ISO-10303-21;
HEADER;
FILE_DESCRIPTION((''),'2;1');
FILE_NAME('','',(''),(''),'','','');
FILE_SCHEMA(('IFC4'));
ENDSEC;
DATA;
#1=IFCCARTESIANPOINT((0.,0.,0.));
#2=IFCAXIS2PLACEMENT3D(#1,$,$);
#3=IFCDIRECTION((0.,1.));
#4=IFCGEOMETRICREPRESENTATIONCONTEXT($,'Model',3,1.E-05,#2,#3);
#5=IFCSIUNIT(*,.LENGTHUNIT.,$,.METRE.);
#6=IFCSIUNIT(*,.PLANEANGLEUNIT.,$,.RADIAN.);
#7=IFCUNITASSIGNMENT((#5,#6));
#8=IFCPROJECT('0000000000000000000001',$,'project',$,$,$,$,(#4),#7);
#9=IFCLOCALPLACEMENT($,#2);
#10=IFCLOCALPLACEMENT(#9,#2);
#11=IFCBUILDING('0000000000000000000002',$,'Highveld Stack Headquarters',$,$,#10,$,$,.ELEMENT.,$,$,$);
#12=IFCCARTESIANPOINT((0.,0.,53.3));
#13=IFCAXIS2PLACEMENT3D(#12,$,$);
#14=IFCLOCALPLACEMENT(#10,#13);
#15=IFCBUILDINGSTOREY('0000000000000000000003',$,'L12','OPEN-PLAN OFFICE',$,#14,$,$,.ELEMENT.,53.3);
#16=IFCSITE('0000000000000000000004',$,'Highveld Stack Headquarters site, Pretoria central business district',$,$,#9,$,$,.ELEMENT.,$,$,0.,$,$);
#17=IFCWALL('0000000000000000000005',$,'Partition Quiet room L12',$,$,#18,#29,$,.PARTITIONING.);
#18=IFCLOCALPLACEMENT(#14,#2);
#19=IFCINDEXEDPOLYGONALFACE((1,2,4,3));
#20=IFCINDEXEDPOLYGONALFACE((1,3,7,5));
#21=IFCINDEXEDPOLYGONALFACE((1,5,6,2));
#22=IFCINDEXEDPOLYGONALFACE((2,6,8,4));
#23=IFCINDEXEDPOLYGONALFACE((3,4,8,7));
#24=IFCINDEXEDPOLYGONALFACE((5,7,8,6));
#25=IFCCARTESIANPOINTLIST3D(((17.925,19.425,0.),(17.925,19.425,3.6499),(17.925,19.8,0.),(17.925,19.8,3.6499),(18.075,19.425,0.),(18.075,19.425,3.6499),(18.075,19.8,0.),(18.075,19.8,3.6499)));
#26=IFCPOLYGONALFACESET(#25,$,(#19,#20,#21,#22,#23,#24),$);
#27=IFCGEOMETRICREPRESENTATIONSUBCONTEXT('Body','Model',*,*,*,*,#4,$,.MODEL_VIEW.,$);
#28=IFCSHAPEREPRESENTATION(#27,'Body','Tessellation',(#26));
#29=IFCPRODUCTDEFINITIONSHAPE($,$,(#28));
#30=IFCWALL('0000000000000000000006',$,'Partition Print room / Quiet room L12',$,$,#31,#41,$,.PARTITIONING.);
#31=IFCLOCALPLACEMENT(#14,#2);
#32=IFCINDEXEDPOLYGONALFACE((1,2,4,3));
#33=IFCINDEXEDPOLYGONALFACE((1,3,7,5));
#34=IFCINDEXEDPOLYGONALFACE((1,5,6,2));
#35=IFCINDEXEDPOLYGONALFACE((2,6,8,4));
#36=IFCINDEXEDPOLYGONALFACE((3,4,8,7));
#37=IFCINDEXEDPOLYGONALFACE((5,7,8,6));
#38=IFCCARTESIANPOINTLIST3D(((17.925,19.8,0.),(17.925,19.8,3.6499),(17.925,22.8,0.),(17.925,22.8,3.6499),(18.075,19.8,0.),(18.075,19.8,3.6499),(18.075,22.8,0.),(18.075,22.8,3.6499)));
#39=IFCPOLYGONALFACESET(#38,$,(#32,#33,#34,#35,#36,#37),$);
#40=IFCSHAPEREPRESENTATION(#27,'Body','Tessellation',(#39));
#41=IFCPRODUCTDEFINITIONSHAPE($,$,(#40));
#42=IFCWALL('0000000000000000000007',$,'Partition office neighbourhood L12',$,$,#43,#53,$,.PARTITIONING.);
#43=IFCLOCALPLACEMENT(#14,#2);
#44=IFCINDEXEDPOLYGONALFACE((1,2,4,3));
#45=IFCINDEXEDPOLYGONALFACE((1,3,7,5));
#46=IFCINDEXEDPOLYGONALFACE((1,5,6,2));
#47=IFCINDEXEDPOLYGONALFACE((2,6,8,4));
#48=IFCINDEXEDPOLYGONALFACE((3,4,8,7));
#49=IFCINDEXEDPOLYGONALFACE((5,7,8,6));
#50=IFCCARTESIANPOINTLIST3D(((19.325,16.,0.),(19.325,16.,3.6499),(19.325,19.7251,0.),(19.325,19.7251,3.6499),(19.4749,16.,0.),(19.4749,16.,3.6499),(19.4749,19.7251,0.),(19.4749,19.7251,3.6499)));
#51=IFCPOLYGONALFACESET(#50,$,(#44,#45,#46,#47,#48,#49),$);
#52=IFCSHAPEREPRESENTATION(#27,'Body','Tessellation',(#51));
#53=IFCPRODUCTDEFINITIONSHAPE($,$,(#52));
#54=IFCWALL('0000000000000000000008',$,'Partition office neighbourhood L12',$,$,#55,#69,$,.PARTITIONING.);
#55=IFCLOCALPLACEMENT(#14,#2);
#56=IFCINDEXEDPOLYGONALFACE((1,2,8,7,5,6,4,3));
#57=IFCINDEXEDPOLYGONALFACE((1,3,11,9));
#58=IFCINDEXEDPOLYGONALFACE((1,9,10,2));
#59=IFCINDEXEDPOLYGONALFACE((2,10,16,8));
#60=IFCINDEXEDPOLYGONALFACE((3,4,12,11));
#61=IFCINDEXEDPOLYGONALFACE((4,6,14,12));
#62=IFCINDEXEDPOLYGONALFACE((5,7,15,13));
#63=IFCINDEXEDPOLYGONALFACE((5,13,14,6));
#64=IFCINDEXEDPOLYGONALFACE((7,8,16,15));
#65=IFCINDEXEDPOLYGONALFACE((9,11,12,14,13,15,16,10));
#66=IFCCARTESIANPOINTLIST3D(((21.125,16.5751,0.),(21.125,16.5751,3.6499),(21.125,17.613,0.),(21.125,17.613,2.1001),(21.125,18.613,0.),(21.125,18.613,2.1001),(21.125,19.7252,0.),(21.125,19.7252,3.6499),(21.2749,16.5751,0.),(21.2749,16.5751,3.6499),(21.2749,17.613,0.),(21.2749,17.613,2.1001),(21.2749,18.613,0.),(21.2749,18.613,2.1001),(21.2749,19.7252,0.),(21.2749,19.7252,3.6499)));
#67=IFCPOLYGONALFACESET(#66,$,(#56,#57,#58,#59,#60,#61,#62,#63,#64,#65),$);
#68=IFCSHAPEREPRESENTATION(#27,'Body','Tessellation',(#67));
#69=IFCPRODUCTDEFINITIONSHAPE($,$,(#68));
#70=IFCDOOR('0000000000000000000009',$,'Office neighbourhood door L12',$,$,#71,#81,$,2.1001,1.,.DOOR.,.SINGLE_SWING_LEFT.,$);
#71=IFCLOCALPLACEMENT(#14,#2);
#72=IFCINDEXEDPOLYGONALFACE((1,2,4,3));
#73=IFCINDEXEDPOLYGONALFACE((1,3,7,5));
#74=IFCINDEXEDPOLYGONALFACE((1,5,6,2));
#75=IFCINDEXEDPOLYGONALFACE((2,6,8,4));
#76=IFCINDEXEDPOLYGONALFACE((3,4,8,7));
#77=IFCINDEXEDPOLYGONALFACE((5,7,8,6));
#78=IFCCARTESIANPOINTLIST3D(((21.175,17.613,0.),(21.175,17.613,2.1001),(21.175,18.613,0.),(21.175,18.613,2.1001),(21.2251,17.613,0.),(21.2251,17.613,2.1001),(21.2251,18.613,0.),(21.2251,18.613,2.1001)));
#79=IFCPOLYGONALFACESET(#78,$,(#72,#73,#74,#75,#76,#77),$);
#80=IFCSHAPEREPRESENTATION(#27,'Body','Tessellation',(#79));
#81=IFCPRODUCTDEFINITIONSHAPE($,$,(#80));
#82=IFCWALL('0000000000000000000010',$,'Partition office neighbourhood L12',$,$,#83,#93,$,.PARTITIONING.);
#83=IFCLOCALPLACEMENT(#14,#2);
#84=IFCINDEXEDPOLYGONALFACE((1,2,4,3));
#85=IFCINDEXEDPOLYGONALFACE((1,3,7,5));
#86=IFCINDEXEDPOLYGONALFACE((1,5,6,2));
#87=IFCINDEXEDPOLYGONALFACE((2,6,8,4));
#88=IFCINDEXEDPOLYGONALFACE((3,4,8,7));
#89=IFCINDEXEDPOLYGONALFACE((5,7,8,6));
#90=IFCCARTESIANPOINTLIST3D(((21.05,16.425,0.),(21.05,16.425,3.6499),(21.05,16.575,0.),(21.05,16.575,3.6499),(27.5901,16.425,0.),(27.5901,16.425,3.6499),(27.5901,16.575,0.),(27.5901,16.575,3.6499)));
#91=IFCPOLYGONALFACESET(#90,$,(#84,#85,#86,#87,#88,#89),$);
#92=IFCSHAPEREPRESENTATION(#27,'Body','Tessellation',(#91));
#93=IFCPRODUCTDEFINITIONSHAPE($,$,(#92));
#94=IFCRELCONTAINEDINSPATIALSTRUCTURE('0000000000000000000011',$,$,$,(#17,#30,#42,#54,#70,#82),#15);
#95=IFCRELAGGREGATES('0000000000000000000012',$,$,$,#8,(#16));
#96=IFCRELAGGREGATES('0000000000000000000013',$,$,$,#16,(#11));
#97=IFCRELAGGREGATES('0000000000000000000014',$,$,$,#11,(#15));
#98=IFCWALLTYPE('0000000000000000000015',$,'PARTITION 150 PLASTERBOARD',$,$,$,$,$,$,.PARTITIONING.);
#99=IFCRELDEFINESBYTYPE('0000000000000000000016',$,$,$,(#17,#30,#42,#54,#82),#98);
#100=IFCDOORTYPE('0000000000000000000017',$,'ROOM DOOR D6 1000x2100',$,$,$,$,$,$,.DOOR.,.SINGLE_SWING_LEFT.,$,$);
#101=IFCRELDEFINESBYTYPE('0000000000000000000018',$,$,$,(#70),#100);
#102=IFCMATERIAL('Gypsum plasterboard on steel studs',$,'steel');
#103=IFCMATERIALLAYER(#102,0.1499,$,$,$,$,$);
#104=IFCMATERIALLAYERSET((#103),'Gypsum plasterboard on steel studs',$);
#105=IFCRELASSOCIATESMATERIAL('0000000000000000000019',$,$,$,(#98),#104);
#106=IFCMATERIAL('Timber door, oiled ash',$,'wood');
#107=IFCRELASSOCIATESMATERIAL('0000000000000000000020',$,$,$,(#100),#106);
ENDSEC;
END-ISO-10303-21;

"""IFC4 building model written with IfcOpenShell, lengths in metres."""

from ifc_helpers import new_model, si_unit, direction, frame, frame_2d, origin, place, context, subcontext, project, spatial, rectangle, extrude, material, layer, layer_set, type_object, element, fill, save


model = new_model("IFC4")

# Units and contexts
model_context = context("Model", 3, precision=1e-05, world=origin(), true_north=direction((0.0, 1.0)))
body_context = subcontext(model_context, "Body", "Model", "MODEL_VIEW")
ifc_project = project(units=[si_unit("LENGTHUNIT", "METRE"), si_unit("PLANEANGLEUNIT", "RADIAN")], contexts=[model_context])

# Site, building, storey
site_placement = place(None, origin())
site = spatial("IfcSite", under=ifc_project, at=site_placement, Name="Highveld Stack Headquarters site, Pretoria central business district", CompositionType="ELEMENT", RefElevation=0.0)
building_placement = place(site_placement, origin())
building = spatial("IfcBuilding", under=site, at=building_placement, Name="Highveld Stack Headquarters", CompositionType="ELEMENT")
storey_placement = place(building_placement, frame((0.0, 0.0, 53.3)))
storey = spatial("IfcBuildingStorey", under=building, at=storey_placement, Name="L12", Description="OPEN-PLAN OFFICE", CompositionType="ELEMENT", Elevation=53.3)

# Shared definitions
ifc_material_1 = material(Name="Gypsum plasterboard on steel studs", Category="steel")
ifc_layer_1 = layer(ifc_material_1, 0.1499)
ifc_layer_set_1 = layer_set([ifc_layer_1], Name="Gypsum plasterboard on steel studs")
wall_type_1 = type_object("IfcWallType", Name="PARTITION 150 PLASTERBOARD", PredefinedType="PARTITIONING", material=ifc_layer_set_1)
ifc_material_2 = material(Name="Timber door, oiled ash", Category="wood")
door_type = type_object("IfcDoorType", Name="ROOM DOOR D6 1000x2100", OperationType="SINGLE_SWING_LEFT", PredefinedType="DOOR", material=ifc_material_2)

# Walls
wall_1_placement = place(storey_placement, frame((18.0, 19.425, 0.0), z_axis=(0.0, 0.0, 1.0), x_axis=(0.0, 1.0, 0.0)))
element("IfcWall", 1, at=wall_1_placement, inside=storey, type_object=wall_type_1, Name="Partition Quiet room L12", PredefinedType="PARTITIONING", context=body_context, shape_type="SweptSolid", body=[
    extrude(rectangle(XDim=0.375, YDim=0.1499, at=frame_2d((0.1875, 0.0))), origin(), (0.0, 0.0, 1.0), 3.6499),
])
wall_2_placement = place(storey_placement, frame((18.0, 19.8, 0.0), z_axis=(0.0, 0.0, 1.0), x_axis=(0.0, 1.0, 0.0)))
element("IfcWall", 2, at=wall_2_placement, inside=storey, type_object=wall_type_1, Name="Partition Print room / Quiet room L12", PredefinedType="PARTITIONING", context=body_context, shape_type="SweptSolid", body=[
    extrude(rectangle(XDim=3.0, YDim=0.1499, at=frame_2d((1.5, 0.0))), origin(), (0.0, 0.0, 1.0), 3.6499),
])
wall_3_placement = place(storey_placement, frame((19.3999, 16.0, 0.0), z_axis=(0.0, 0.0, 1.0), x_axis=(0.0, 1.0, 0.0)))
element("IfcWall", 3, at=wall_3_placement, inside=storey, type_object=wall_type_1, Name="Partition office neighbourhood L12", PredefinedType="PARTITIONING", context=body_context, shape_type="SweptSolid", body=[
    extrude(rectangle(XDim=3.7251, YDim=0.1499, at=frame_2d((1.8625, 0.0))), origin(), (0.0, 0.0, 1.0), 3.6499),
])

# Wall, opening, door
wall_4_placement = place(storey_placement, frame((21.2, 16.575, 0.0), z_axis=(0.0, 0.0, 1.0), x_axis=(0.0, 1.0, 0.0)))
wall_4 = element("IfcWall", 4, at=wall_4_placement, inside=storey, type_object=wall_type_1, Name="Partition office neighbourhood L12", PredefinedType="PARTITIONING", context=body_context, shape_type="SweptSolid", body=[
    extrude(rectangle(XDim=3.1501, YDim=0.1499, at=frame_2d((1.5752, 0.0))), origin(), (0.0, 0.0, 1.0), 3.6499),
])
opening_1_placement = place(wall_4_placement, frame((1.0381, 0.0, 0.0)))
opening_1 = element("IfcOpeningElement", 5, at=opening_1_placement, cuts=wall_4, PredefinedType="OPENING", context=body_context, shape_type="SweptSolid", body=[
    extrude(rectangle(XDim=1.0, YDim=2.1001, at=frame_2d((0.5, 1.05))), frame((0.0, 0.085, 0.0), z_axis=(0.0, -1.0, 0.0), x_axis=(1.0, 0.0, 0.0)), (0.0, 0.0, 1.0), 0.1699),
])
door_1_placement = place(opening_1_placement, origin())
door_1 = element("IfcDoor", 6, at=door_1_placement, inside=storey, type_object=door_type, Name="Office neighbourhood door L12", OperationType="SINGLE_SWING_LEFT", OverallHeight=2.1001, OverallWidth=1.0, PredefinedType="DOOR", context=body_context, shape_type="SweptSolid", body=[
    extrude(rectangle(XDim=1.0, YDim=2.1001, at=frame_2d((0.5, 1.05))), frame((0.0, 0.0249, 0.0), z_axis=(0.0, -1.0, 0.0), x_axis=(1.0, 0.0, 0.0)), (0.0, 0.0, 1.0), 0.05),
])
fill(opening_1, door_1)

# Wall
wall_5_placement = place(storey_placement, frame((21.05, 16.5, 0.0), z_axis=(0.0, 0.0, 1.0), x_axis=(1.0, 0.0, 0.0)))
element("IfcWall", 7, at=wall_5_placement, inside=storey, type_object=wall_type_1, Name="Partition office neighbourhood L12", PredefinedType="PARTITIONING", context=body_context, shape_type="SweptSolid", body=[
    extrude(rectangle(XDim=6.54, YDim=0.1499, at=frame_2d((3.27, 0.0))), origin(), (0.0, 0.0, 1.0), 3.6499),
])

save(model, "model.ifc")
